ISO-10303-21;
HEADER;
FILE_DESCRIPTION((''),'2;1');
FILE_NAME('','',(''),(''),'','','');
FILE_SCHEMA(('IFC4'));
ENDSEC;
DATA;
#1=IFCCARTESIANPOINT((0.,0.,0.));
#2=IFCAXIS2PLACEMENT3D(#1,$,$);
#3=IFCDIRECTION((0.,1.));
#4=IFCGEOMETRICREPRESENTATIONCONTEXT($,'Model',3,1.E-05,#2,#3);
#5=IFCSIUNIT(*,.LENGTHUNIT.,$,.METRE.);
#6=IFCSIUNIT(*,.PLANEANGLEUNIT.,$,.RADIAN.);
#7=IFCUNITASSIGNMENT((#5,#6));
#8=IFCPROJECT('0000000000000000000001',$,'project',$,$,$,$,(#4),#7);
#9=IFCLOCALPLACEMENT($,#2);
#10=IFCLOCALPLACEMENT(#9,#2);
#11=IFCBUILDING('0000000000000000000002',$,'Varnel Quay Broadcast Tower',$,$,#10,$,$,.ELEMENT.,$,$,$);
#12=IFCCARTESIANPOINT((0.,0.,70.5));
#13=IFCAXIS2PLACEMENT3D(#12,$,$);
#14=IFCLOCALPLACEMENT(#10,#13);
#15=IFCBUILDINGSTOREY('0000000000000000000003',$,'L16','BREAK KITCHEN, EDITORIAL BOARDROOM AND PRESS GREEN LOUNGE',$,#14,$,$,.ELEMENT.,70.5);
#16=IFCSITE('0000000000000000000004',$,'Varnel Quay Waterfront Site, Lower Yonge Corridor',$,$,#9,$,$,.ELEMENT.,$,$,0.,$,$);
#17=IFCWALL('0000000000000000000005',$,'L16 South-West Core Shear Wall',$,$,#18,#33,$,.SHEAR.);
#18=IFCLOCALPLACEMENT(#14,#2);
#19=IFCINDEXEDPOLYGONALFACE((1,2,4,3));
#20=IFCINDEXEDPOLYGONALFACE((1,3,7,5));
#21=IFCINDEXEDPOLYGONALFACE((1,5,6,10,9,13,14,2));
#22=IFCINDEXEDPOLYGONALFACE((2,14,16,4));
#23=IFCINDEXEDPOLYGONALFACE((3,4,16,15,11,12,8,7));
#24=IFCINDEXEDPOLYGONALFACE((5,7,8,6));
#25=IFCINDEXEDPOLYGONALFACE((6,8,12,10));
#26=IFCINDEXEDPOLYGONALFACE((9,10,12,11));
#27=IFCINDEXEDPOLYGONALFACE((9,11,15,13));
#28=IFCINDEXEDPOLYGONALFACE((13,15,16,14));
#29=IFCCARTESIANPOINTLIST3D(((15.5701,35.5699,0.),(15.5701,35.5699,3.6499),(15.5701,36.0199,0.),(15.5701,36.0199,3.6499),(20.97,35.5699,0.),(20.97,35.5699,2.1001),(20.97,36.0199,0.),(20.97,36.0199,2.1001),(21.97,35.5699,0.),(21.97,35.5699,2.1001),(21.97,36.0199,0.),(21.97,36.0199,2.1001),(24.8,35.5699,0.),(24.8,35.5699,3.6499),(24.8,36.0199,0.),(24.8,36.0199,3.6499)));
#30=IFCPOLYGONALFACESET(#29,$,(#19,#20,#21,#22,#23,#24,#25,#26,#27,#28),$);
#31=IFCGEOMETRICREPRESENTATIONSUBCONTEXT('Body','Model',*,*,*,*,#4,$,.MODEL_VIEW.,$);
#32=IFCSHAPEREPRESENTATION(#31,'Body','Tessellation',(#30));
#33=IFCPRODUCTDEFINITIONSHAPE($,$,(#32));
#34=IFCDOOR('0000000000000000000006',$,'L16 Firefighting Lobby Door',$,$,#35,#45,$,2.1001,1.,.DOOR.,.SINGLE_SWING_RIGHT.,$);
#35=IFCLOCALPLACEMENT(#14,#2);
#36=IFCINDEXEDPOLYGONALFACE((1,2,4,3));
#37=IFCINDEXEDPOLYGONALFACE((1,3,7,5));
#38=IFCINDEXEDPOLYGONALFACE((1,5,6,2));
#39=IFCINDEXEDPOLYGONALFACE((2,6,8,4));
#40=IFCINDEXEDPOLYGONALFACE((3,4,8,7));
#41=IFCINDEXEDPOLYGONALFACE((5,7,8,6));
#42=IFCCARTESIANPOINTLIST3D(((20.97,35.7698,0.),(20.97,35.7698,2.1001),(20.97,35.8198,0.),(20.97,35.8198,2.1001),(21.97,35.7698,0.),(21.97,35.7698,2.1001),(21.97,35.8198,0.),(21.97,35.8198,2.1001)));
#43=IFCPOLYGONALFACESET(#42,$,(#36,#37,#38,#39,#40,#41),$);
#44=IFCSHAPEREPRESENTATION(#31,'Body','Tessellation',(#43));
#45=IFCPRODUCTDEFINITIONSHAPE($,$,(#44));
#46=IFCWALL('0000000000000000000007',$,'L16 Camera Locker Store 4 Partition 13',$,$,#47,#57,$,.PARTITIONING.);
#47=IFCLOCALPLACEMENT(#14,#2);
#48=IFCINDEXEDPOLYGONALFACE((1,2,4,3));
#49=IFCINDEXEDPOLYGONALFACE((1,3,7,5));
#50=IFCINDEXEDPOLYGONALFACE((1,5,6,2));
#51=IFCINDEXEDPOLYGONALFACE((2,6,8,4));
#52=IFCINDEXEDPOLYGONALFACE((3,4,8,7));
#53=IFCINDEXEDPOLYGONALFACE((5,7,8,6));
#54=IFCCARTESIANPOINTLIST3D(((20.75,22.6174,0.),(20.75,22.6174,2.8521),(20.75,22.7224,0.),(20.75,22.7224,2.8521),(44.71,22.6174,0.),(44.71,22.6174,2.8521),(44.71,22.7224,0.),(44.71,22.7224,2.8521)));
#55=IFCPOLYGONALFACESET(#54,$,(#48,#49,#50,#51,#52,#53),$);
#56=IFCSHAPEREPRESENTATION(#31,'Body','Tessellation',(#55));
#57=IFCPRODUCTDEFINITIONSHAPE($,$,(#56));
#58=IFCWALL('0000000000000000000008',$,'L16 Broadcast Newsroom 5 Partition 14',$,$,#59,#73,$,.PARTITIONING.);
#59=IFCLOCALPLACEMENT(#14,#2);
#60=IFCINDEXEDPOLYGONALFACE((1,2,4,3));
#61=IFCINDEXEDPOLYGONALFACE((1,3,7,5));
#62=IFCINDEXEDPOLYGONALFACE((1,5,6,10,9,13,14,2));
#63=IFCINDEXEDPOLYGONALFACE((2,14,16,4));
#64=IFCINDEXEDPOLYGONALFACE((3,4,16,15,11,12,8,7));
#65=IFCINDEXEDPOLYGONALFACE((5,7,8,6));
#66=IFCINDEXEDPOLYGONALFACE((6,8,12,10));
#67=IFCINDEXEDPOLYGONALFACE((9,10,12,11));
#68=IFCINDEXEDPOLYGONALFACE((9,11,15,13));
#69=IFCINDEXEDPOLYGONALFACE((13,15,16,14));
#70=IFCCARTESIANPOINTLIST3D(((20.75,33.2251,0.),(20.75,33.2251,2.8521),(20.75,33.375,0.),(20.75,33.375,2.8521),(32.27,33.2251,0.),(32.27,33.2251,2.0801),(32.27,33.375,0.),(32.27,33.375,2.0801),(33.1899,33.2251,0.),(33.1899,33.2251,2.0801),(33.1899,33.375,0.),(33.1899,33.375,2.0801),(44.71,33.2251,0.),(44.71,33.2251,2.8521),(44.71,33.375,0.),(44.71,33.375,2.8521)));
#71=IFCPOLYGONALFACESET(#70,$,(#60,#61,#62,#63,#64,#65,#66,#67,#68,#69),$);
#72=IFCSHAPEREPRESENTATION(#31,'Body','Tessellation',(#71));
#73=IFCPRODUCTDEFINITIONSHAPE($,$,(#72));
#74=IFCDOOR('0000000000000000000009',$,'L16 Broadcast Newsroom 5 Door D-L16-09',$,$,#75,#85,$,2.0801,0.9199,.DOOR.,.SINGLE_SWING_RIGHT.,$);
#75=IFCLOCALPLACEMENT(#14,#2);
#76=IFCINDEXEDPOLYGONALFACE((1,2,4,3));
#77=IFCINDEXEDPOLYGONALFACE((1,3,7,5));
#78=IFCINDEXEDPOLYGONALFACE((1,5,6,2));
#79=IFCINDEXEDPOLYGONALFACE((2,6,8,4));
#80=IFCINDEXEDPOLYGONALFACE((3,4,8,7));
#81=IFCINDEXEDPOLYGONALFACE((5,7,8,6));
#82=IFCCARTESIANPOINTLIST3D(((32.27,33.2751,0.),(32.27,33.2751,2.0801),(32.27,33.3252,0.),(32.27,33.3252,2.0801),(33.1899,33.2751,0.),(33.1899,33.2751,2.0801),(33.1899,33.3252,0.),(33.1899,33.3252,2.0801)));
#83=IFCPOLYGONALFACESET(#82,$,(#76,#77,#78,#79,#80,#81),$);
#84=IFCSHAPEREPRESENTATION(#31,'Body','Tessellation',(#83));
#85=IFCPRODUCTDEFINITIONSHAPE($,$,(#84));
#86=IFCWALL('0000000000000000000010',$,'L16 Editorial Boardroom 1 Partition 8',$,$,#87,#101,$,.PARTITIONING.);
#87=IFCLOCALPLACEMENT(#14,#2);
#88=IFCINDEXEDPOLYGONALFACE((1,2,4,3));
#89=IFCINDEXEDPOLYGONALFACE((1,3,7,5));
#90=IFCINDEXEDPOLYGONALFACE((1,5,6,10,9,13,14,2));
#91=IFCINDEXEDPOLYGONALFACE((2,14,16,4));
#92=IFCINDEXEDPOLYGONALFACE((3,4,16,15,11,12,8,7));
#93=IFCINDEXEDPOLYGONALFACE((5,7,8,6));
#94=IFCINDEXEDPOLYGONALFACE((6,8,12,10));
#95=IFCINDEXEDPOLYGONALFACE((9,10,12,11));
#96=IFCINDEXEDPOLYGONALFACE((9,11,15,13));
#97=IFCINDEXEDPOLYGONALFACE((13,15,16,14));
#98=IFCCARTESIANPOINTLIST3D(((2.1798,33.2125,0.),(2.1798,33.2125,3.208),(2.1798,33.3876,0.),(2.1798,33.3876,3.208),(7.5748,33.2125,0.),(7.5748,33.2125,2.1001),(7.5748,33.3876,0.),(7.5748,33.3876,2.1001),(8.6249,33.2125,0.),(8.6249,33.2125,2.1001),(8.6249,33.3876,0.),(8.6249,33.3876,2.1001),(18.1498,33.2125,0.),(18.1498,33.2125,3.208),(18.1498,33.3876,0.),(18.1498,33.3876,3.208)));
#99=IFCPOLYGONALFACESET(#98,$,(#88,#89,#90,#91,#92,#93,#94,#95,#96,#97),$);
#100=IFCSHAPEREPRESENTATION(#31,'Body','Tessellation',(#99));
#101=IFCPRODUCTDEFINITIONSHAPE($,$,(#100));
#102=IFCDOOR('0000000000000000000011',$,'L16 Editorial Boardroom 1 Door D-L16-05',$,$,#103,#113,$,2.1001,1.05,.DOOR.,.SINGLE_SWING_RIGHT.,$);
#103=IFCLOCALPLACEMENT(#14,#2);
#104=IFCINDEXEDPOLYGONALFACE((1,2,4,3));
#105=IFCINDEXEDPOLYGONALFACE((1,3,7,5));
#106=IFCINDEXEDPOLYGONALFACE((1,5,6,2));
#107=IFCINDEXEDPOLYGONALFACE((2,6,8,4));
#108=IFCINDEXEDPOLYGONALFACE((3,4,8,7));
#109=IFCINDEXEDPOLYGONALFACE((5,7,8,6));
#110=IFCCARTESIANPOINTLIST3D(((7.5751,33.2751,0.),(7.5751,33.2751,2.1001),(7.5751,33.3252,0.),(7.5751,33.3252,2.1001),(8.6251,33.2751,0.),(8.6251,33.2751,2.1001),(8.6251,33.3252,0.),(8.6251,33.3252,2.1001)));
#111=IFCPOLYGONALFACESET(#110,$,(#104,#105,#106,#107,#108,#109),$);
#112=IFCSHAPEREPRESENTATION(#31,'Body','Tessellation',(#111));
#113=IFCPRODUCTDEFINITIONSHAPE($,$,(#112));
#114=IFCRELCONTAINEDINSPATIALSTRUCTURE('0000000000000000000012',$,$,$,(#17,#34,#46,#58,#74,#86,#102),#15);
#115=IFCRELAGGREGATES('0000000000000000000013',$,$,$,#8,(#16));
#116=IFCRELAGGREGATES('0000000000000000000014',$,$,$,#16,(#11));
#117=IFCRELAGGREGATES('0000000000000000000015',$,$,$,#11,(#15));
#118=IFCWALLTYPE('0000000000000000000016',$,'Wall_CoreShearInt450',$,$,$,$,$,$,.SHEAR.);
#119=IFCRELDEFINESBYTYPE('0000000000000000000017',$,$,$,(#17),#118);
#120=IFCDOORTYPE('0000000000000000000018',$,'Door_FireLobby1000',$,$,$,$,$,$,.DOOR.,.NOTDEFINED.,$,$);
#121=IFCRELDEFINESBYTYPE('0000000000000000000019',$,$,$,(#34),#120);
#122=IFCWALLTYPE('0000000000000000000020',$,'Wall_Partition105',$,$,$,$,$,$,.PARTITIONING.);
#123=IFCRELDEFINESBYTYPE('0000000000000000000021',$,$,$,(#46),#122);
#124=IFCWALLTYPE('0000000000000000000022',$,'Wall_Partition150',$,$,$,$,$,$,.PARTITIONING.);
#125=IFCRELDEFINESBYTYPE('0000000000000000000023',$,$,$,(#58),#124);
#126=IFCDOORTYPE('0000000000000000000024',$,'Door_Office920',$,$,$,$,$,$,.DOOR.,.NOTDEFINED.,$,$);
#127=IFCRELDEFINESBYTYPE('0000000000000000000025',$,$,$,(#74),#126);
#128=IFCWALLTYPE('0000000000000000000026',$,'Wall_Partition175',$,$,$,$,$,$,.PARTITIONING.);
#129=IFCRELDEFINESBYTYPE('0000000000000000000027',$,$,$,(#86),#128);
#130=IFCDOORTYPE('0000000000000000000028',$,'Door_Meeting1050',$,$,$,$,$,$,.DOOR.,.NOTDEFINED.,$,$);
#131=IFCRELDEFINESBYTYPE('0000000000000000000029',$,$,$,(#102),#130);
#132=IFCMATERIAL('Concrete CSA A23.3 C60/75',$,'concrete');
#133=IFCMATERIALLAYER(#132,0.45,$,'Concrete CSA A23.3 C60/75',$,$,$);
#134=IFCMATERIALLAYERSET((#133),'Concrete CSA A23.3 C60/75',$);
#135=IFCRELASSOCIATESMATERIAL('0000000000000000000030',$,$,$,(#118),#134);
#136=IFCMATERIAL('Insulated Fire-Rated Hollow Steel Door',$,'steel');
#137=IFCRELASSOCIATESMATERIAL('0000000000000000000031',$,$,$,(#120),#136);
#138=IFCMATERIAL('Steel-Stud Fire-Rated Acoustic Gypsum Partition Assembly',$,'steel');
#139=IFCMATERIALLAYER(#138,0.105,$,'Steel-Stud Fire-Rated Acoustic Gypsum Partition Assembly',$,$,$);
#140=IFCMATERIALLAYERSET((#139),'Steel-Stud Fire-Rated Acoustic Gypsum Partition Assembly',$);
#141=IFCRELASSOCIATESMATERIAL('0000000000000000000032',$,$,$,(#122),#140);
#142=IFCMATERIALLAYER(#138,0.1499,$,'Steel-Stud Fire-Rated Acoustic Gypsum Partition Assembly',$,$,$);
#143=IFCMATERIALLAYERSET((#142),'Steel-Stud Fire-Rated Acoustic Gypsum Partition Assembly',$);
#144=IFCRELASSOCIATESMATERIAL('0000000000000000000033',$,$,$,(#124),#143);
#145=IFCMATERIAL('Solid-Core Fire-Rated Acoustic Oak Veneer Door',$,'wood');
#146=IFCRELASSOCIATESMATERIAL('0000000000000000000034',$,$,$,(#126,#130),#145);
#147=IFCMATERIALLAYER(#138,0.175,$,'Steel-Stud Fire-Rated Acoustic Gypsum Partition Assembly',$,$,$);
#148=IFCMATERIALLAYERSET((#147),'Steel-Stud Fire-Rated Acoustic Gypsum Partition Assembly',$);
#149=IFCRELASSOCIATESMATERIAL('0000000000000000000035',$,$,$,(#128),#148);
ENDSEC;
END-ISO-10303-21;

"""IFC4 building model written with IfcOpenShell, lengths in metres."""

from ifc_helpers import new_model, si_unit, direction, frame, frame_2d, origin, place, context, subcontext, project, spatial, rectangle, extrude, source, transform, mapped, material, layer, layer_set, type_object, type_shapes, element, fill, save


model = new_model("IFC4")

# Units and contexts
model_context = context("Model", 3, precision=1e-05, world=origin(), true_north=direction((0.0, 1.0)))
body_context = subcontext(model_context, "Body", "Model", "MODEL_VIEW")
ifc_project = project(units=[si_unit("LENGTHUNIT", "METRE"), si_unit("PLANEANGLEUNIT", "RADIAN")], contexts=[model_context])

# Site, building, storey
site_placement = place(None, origin())
site = spatial("IfcSite", under=ifc_project, at=site_placement, Name="Varnel Quay Waterfront Site, Lower Yonge Corridor", CompositionType="ELEMENT", RefElevation=0.0)
building_placement = place(site_placement, origin())
building = spatial("IfcBuilding", under=site, at=building_placement, Name="Varnel Quay Broadcast Tower", CompositionType="ELEMENT")
storey_placement = place(building_placement, frame((0.0, 0.0, 70.5)))
storey = spatial("IfcBuildingStorey", under=building, at=storey_placement, Name="L16", Description="BREAK KITCHEN, EDITORIAL BOARDROOM AND PRESS GREEN LOUNGE", CompositionType="ELEMENT", Elevation=70.5)

# Shared definitions
ifc_material_1 = material(Name="Concrete CSA A23.3 C60/75", Category="concrete")

# Shared definitions
ifc_material_2 = material(Name="Insulated Fire-Rated Hollow Steel Door", Category="steel")

# Shared definitions
ifc_layer_1 = layer(ifc_material_1, 0.45, Name="Concrete CSA A23.3 C60/75")
ifc_layer_set_1 = layer_set([ifc_layer_1], Name="Concrete CSA A23.3 C60/75")
wall_type_1 = type_object("IfcWallType", Name="Wall_CoreShearInt450", PredefinedType="SHEAR", material=ifc_layer_set_1)

# Wall, opening, door
wall_1_placement = place(storey_placement, frame((15.5701, 35.7949, 0.0), z_axis=(0.0, 0.0, 1.0), x_axis=(1.0, 0.0, 0.0)))
wall_1 = element("IfcWall", 1, at=wall_1_placement, inside=storey, type_object=wall_type_1, Name="L16 South-West Core Shear Wall", PredefinedType="SHEAR", context=body_context, shape_type="SweptSolid", body=[
    extrude(rectangle(XDim=9.23, YDim=0.45, at=frame_2d((4.615, 0.0))), origin(), (0.0, 0.0, 1.0), 3.6499),
])
opening_1_placement = place(wall_1_placement, frame((5.3999, 0.0, 0.0)))
opening_1 = element("IfcOpeningElement", 2, at=opening_1_placement, cuts=wall_1, PredefinedType="OPENING", context=body_context, shape_type="SweptSolid", body=[
    extrude(rectangle(XDim=1.0, YDim=2.1001, at=frame_2d((0.5, 1.05))), frame((0.0, 0.2349, 0.0), z_axis=(0.0, -1.0, 0.0), x_axis=(1.0, 0.0, 0.0)), (0.0, 0.0, 1.0), 0.47),
])
door_type_1 = type_object("IfcDoorType", Name="Door_FireLobby1000", OperationType="NOTDEFINED", PredefinedType="DOOR", material=ifc_material_2)
shared_shape_1 = source(origin(), body_context, "Body", "SweptSolid", [
    extrude(rectangle(XDim=1.0, YDim=2.1001, at=frame_2d((0.5, 1.05))), frame((0.0, 0.0249, 0.0), z_axis=(0.0, -1.0, 0.0), x_axis=(1.0, 0.0, 0.0)), (0.0, 0.0, 1.0), 0.05),
])
type_shapes(door_type_1, [shared_shape_1])
door_1_placement = place(opening_1_placement, origin())
door_1 = element("IfcDoor", 3, at=door_1_placement, inside=storey, type_object=door_type_1, Name="L16 Firefighting Lobby Door", OperationType="SINGLE_SWING_RIGHT", OverallHeight=2.1001, OverallWidth=1.0, PredefinedType="DOOR", context=body_context, shape_type="MappedRepresentation", body=[
    mapped(shared_shape_1, transform((0.0, 0.0, 0.0), x_axis=(1.0, 0.0, 0.0), y_axis=(0.0, 1.0, 0.0), z_axis=(0.0, 0.0, 1.0), scale=1.0)),
])
fill(opening_1, door_1)

# Wall
ifc_material_3 = material(Name="Steel-Stud Fire-Rated Acoustic Gypsum Partition Assembly", Category="steel")
ifc_layer_2 = layer(ifc_material_3, 0.105, Name="Steel-Stud Fire-Rated Acoustic Gypsum Partition Assembly")
ifc_layer_set_2 = layer_set([ifc_layer_2], Name="Steel-Stud Fire-Rated Acoustic Gypsum Partition Assembly")
wall_type_2 = type_object("IfcWallType", Name="Wall_Partition105", PredefinedType="PARTITIONING", material=ifc_layer_set_2)
wall_2_placement = place(storey_placement, frame((20.75, 22.6699, 0.0), z_axis=(0.0, 0.0, 1.0), x_axis=(1.0, 0.0, 0.0)))
element("IfcWall", 4, at=wall_2_placement, inside=storey, type_object=wall_type_2, Name="L16 Camera Locker Store 4 Partition 13", PredefinedType="PARTITIONING", context=body_context, shape_type="SweptSolid", body=[
    extrude(rectangle(XDim=23.96, YDim=0.105, at=frame_2d((11.98, 0.0))), origin(), (0.0, 0.0, 1.0), 2.8521),
])

# Walls, openings, doors
ifc_layer_3 = layer(ifc_material_3, 0.1499, Name="Steel-Stud Fire-Rated Acoustic Gypsum Partition Assembly")
ifc_layer_set_3 = layer_set([ifc_layer_3], Name="Steel-Stud Fire-Rated Acoustic Gypsum Partition Assembly")
wall_type_3 = type_object("IfcWallType", Name="Wall_Partition150", PredefinedType="PARTITIONING", material=ifc_layer_set_3)
wall_3_placement = place(storey_placement, frame((20.75, 33.3, 0.0), z_axis=(0.0, 0.0, 1.0), x_axis=(1.0, 0.0, 0.0)))
wall_3 = element("IfcWall", 5, at=wall_3_placement, inside=storey, type_object=wall_type_3, Name="L16 Broadcast Newsroom 5 Partition 14", PredefinedType="PARTITIONING", context=body_context, shape_type="SweptSolid", body=[
    extrude(rectangle(XDim=23.96, YDim=0.1499, at=frame_2d((11.98, 0.0))), origin(), (0.0, 0.0, 1.0), 2.8521),
])
opening_2_placement = place(wall_3_placement, frame((11.52, 0.0, 0.0)))
opening_2 = element("IfcOpeningElement", 6, at=opening_2_placement, cuts=wall_3, PredefinedType="OPENING", context=body_context, shape_type="SweptSolid", body=[
    extrude(rectangle(XDim=0.9199, YDim=2.0801, at=frame_2d((0.46, 1.04))), frame((0.0, 0.085, 0.0), z_axis=(0.0, -1.0, 0.0), x_axis=(1.0, 0.0, 0.0)), (0.0, 0.0, 1.0), 0.1699),
])
ifc_material_4 = material(Name="Solid-Core Fire-Rated Acoustic Oak Veneer Door", Category="wood")
door_type_2 = type_object("IfcDoorType", Name="Door_Office920", OperationType="NOTDEFINED", PredefinedType="DOOR", material=ifc_material_4)
shared_shape_2 = source(origin(), body_context, "Body", "SweptSolid", [
    extrude(rectangle(XDim=0.9199, YDim=2.0801, at=frame_2d((0.46, 1.04))), frame((0.0, 0.0249, 0.0), z_axis=(0.0, -1.0, 0.0), x_axis=(1.0, 0.0, 0.0)), (0.0, 0.0, 1.0), 0.05),
])
type_shapes(door_type_2, [shared_shape_2])
door_2_placement = place(opening_2_placement, frame((0.9199, 0.0, 0.0), z_axis=(0.0, 0.0, 1.0), x_axis=(-1.0, 0.0, 0.0)))
door_2 = element("IfcDoor", 7, at=door_2_placement, inside=storey, type_object=door_type_2, Name="L16 Broadcast Newsroom 5 Door D-L16-09", OperationType="SINGLE_SWING_RIGHT", OverallHeight=2.0801, OverallWidth=0.9199, PredefinedType="DOOR", context=body_context, shape_type="MappedRepresentation", body=[
    mapped(shared_shape_2, transform((0.0, 0.0, 0.0), x_axis=(1.0, 0.0, 0.0), y_axis=(0.0, 1.0, 0.0), z_axis=(0.0, 0.0, 1.0), scale=1.0)),
])
fill(opening_2, door_2)
ifc_layer_4 = layer(ifc_material_3, 0.175, Name="Steel-Stud Fire-Rated Acoustic Gypsum Partition Assembly")
ifc_layer_set_4 = layer_set([ifc_layer_4], Name="Steel-Stud Fire-Rated Acoustic Gypsum Partition Assembly")
wall_type_4 = type_object("IfcWallType", Name="Wall_Partition175", PredefinedType="PARTITIONING", material=ifc_layer_set_4)
wall_4_placement = place(storey_placement, frame((2.1799, 33.3, 0.0), z_axis=(0.0, 0.0, 1.0), x_axis=(1.0, 0.0, 0.0)))
wall_4 = element("IfcWall", 8, at=wall_4_placement, inside=storey, type_object=wall_type_4, Name="L16 Editorial Boardroom 1 Partition 8", PredefinedType="PARTITIONING", context=body_context, shape_type="SweptSolid", body=[
    extrude(rectangle(XDim=15.97, YDim=0.175, at=frame_2d((7.9849, 0.0))), origin(), (0.0, 0.0, 1.0), 3.208),
])
opening_3_placement = place(wall_4_placement, frame((5.395, 0.0, 0.0)))
opening_3 = element("IfcOpeningElement", 9, at=opening_3_placement, cuts=wall_4, PredefinedType="OPENING", context=body_context, shape_type="SweptSolid", body=[
    extrude(rectangle(XDim=1.05, YDim=2.1001, at=frame_2d((0.5249, 1.05))), frame((0.0, 0.0977, 0.0), z_axis=(0.0, -1.0, 0.0), x_axis=(1.0, 0.0, 0.0)), (0.0, 0.0, 1.0), 0.1951),
])
door_type_3 = type_object("IfcDoorType", Name="Door_Meeting1050", OperationType="NOTDEFINED", PredefinedType="DOOR", material=ifc_material_4)
shared_shape_3 = source(origin(), body_context, "Body", "SweptSolid", [
    extrude(rectangle(XDim=1.05, YDim=2.1001, at=frame_2d((0.5249, 1.05))), frame((0.0, 0.0249, 0.0), z_axis=(0.0, -1.0, 0.0), x_axis=(1.0, 0.0, 0.0)), (0.0, 0.0, 1.0), 0.05),
])
type_shapes(door_type_3, [shared_shape_3])
door_3_placement = place(opening_3_placement, frame((1.05, 0.0, 0.0), z_axis=(0.0, 0.0, 1.0), x_axis=(-1.0, 0.0, 0.0)))
door_3 = element("IfcDoor", 10, at=door_3_placement, inside=storey, type_object=door_type_3, Name="L16 Editorial Boardroom 1 Door D-L16-05", OperationType="SINGLE_SWING_RIGHT", OverallHeight=2.1001, OverallWidth=1.05, PredefinedType="DOOR", context=body_context, shape_type="MappedRepresentation", body=[
    mapped(shared_shape_3, transform((0.0, 0.0, 0.0), x_axis=(1.0, 0.0, 0.0), y_axis=(0.0, 1.0, 0.0), z_axis=(0.0, 0.0, 1.0), scale=1.0)),
])
fill(opening_3, door_3)

save(model, "model.ifc")
